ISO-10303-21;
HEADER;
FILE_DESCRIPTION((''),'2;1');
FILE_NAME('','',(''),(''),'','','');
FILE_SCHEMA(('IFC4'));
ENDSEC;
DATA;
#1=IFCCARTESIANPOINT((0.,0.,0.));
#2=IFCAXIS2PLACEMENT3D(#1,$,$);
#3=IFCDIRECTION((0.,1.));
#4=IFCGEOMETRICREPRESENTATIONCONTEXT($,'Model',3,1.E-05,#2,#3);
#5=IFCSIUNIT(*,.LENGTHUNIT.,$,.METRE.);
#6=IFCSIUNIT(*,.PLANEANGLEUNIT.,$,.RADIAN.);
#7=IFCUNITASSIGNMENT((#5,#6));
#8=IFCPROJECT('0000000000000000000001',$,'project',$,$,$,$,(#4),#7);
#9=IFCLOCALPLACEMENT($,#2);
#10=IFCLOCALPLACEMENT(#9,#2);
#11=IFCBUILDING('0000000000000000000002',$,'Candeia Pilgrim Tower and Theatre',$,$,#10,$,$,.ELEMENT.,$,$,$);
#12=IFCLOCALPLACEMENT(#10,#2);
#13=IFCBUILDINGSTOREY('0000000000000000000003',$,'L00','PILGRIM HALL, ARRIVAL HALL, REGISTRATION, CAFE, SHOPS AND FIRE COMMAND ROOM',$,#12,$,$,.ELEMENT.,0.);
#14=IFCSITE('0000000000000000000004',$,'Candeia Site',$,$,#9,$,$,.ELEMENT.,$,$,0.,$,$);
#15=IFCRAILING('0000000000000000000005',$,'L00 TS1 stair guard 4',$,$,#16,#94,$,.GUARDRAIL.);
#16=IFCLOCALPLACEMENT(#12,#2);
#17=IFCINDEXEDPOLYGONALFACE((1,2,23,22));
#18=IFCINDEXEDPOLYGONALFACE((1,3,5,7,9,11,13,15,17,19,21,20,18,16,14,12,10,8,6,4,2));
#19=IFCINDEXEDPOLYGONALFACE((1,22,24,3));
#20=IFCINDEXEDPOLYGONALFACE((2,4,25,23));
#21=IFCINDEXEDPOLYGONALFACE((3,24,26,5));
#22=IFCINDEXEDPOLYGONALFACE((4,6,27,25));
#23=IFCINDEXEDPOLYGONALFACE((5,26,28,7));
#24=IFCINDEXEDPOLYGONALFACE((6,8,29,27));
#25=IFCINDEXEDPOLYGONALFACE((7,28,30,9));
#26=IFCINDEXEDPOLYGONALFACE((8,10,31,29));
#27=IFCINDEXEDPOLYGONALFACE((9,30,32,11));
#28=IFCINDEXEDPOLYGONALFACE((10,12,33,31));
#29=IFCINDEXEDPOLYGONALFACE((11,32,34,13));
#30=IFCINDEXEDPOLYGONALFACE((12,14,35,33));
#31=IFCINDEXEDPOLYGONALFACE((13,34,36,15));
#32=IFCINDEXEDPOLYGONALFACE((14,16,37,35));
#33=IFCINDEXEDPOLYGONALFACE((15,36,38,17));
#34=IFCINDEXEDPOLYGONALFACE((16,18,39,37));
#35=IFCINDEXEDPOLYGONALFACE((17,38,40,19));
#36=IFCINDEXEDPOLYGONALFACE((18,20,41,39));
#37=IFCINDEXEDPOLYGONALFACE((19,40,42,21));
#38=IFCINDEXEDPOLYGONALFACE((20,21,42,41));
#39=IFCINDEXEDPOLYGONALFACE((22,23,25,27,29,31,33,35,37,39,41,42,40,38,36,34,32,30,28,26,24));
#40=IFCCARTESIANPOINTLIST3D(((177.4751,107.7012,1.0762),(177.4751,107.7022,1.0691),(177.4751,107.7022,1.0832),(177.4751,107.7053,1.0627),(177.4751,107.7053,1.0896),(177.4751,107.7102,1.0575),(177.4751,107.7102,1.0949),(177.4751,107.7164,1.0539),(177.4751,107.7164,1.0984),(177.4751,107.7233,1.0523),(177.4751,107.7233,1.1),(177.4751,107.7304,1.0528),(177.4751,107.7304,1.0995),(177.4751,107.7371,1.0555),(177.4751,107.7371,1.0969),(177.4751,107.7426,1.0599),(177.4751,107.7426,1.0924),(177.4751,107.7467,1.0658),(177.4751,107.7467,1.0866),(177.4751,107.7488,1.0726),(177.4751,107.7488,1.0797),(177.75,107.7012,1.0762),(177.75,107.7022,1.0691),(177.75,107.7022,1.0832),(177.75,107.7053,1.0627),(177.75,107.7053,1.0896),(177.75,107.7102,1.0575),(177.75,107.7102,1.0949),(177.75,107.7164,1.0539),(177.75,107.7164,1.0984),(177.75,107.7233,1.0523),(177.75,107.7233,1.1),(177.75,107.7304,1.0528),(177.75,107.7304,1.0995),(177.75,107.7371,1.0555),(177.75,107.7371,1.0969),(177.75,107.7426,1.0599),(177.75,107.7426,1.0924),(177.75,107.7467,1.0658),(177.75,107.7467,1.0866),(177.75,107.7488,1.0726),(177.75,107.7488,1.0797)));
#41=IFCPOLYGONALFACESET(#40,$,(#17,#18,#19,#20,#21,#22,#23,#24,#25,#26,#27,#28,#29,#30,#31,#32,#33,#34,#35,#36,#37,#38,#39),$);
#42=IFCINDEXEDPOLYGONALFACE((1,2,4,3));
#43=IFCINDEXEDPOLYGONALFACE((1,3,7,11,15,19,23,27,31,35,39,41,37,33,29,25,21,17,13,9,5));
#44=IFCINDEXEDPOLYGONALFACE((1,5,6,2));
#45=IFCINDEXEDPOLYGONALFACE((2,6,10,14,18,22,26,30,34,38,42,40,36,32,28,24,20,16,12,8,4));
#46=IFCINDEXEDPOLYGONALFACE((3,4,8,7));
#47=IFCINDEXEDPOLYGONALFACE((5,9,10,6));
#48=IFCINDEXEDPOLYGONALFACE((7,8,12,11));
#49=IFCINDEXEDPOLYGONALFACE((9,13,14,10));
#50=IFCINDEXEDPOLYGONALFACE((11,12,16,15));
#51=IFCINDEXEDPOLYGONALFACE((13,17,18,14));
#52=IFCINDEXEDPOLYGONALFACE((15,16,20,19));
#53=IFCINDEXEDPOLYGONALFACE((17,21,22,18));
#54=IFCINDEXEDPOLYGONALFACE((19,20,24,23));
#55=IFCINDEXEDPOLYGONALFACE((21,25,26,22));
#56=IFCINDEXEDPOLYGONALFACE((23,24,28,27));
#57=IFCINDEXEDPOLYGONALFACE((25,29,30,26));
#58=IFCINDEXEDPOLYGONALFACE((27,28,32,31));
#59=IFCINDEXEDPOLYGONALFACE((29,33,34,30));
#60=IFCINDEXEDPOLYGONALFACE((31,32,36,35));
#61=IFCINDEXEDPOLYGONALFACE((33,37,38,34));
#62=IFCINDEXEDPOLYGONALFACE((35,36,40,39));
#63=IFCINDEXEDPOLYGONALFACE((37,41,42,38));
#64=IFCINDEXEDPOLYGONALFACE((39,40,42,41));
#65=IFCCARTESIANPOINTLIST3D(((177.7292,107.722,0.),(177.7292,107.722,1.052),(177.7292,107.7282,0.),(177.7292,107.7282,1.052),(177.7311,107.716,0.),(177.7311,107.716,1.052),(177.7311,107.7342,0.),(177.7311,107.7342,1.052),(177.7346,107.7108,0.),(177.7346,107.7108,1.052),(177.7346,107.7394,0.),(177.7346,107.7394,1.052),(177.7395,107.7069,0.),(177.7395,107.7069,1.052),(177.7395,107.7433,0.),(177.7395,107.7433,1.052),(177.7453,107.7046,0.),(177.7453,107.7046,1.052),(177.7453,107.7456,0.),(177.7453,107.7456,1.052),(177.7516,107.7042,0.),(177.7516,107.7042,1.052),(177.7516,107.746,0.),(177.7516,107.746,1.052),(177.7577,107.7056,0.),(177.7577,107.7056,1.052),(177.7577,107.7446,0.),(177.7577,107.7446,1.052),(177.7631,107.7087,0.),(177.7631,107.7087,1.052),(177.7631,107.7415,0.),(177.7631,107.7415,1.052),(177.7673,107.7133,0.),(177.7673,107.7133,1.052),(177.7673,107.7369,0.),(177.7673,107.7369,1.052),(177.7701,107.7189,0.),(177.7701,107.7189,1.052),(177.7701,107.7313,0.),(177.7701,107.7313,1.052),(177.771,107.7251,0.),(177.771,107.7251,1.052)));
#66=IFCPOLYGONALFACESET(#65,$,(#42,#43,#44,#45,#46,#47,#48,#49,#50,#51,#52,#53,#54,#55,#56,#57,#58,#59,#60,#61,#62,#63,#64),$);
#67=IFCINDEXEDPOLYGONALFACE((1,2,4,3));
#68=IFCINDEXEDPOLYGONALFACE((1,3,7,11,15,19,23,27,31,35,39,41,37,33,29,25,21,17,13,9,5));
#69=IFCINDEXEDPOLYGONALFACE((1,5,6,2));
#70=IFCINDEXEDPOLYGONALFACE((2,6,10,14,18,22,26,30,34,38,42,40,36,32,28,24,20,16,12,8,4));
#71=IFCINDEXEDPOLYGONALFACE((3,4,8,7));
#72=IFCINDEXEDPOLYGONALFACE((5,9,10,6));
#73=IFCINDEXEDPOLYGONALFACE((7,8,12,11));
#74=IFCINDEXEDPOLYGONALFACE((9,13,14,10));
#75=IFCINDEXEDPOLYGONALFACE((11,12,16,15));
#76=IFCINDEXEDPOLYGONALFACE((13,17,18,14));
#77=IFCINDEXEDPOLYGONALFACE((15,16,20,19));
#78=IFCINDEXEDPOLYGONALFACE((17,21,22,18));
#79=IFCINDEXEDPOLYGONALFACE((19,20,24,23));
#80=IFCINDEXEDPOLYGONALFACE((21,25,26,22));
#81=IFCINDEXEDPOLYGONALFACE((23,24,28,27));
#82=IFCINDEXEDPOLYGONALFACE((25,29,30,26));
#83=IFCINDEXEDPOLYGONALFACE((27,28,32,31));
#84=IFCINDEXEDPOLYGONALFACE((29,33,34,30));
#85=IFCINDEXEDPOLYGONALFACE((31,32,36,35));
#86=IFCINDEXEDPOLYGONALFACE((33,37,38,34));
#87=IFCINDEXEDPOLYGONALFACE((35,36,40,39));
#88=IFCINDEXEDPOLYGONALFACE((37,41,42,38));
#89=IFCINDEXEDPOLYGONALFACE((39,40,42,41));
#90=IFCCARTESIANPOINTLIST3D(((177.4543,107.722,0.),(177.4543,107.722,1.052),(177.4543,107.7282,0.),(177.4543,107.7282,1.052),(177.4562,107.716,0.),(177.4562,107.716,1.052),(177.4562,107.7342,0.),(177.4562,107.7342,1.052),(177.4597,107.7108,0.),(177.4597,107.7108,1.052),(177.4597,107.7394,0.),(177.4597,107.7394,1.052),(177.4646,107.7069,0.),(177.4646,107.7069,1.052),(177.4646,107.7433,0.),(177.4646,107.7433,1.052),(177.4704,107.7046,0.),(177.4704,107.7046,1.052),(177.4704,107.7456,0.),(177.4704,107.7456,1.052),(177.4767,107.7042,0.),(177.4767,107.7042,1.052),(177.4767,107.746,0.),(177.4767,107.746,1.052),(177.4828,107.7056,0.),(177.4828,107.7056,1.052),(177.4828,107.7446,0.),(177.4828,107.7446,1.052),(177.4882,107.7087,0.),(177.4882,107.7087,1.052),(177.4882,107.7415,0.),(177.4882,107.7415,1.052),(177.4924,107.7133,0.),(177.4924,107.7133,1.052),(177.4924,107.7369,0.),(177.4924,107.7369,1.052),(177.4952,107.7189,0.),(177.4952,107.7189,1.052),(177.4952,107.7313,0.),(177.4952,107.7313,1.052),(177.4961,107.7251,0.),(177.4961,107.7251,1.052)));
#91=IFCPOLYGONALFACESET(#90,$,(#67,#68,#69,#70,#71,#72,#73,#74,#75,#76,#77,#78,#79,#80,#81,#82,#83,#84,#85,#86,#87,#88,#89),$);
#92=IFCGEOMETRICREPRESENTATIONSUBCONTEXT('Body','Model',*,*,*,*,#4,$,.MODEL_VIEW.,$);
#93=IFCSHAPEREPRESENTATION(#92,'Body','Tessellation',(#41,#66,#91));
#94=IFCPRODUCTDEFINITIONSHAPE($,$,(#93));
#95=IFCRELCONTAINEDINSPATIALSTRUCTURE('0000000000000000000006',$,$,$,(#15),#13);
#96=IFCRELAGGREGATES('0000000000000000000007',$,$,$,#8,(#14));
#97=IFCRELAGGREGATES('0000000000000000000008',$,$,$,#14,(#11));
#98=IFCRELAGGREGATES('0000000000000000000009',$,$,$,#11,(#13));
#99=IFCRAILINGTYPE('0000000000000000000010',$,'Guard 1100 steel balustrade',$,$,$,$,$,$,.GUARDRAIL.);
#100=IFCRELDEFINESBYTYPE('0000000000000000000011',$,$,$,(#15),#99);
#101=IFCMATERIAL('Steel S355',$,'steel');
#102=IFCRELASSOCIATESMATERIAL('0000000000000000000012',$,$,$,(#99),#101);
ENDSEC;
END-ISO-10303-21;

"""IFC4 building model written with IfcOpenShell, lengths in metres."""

from ifc_helpers import new_model, si_unit, direction, frame, origin, origin_2d, place, context, subcontext, project, spatial, circle, extrude, material, type_object, element, save


model = new_model("IFC4")

# Units and contexts
model_context = context("Model", 3, precision=1e-05, world=origin(), true_north=direction((0.0, 1.0)))
body_context = subcontext(model_context, "Body", "Model", "MODEL_VIEW")
ifc_project = project(units=[si_unit("LENGTHUNIT", "METRE"), si_unit("PLANEANGLEUNIT", "RADIAN")], contexts=[model_context])

# Site, building, storey
site_placement = place(None, origin())
site = spatial("IfcSite", under=ifc_project, at=site_placement, Name="Candeia Site", CompositionType="ELEMENT", RefElevation=0.0)
building_placement = place(site_placement, origin())
building = spatial("IfcBuilding", under=site, at=building_placement, Name="Candeia Pilgrim Tower and Theatre", CompositionType="ELEMENT")
storey_placement = place(building_placement, origin())
storey = spatial("IfcBuildingStorey", under=building, at=storey_placement, Name="L00", Description="PILGRIM HALL, ARRIVAL HALL, REGISTRATION, CAFE, SHOPS AND FIRE COMMAND ROOM", CompositionType="ELEMENT", Elevation=0.0)

# Railing
ifc_material_1 = material(Name="Steel S355", Category="steel")
railing_type_1 = type_object("IfcRailingType", Name="Guard 1100 steel balustrade", PredefinedType="GUARDRAIL", material=ifc_material_1)
railing_1_placement = place(storey_placement, frame((177.75, 107.7251, 0.0)))
element("IfcRailing", 1, at=railing_1_placement, inside=storey, type_object=railing_type_1, Name="L00 TS1 stair guard 4", PredefinedType="GUARDRAIL", context=body_context, shape_type="SweptSolid", body=[
    extrude(circle(Radius=0.0239, at=origin_2d()), frame((0.0, 0.0, 1.0762), z_axis=(-1.0, 0.0, 0.0), x_axis=(0.0, -1.0, 0.0)), (0.0, 0.0, 1.0), 0.2749),
    extrude(circle(Radius=0.021, at=origin_2d()), origin(), (0.0, 0.0, 1.0), 1.052),
    extrude(circle(Radius=0.021, at=origin_2d()), frame((-0.2749, 0.0, 0.0)), (0.0, 0.0, 1.0), 1.052),
])

save(model, "model.ifc")
